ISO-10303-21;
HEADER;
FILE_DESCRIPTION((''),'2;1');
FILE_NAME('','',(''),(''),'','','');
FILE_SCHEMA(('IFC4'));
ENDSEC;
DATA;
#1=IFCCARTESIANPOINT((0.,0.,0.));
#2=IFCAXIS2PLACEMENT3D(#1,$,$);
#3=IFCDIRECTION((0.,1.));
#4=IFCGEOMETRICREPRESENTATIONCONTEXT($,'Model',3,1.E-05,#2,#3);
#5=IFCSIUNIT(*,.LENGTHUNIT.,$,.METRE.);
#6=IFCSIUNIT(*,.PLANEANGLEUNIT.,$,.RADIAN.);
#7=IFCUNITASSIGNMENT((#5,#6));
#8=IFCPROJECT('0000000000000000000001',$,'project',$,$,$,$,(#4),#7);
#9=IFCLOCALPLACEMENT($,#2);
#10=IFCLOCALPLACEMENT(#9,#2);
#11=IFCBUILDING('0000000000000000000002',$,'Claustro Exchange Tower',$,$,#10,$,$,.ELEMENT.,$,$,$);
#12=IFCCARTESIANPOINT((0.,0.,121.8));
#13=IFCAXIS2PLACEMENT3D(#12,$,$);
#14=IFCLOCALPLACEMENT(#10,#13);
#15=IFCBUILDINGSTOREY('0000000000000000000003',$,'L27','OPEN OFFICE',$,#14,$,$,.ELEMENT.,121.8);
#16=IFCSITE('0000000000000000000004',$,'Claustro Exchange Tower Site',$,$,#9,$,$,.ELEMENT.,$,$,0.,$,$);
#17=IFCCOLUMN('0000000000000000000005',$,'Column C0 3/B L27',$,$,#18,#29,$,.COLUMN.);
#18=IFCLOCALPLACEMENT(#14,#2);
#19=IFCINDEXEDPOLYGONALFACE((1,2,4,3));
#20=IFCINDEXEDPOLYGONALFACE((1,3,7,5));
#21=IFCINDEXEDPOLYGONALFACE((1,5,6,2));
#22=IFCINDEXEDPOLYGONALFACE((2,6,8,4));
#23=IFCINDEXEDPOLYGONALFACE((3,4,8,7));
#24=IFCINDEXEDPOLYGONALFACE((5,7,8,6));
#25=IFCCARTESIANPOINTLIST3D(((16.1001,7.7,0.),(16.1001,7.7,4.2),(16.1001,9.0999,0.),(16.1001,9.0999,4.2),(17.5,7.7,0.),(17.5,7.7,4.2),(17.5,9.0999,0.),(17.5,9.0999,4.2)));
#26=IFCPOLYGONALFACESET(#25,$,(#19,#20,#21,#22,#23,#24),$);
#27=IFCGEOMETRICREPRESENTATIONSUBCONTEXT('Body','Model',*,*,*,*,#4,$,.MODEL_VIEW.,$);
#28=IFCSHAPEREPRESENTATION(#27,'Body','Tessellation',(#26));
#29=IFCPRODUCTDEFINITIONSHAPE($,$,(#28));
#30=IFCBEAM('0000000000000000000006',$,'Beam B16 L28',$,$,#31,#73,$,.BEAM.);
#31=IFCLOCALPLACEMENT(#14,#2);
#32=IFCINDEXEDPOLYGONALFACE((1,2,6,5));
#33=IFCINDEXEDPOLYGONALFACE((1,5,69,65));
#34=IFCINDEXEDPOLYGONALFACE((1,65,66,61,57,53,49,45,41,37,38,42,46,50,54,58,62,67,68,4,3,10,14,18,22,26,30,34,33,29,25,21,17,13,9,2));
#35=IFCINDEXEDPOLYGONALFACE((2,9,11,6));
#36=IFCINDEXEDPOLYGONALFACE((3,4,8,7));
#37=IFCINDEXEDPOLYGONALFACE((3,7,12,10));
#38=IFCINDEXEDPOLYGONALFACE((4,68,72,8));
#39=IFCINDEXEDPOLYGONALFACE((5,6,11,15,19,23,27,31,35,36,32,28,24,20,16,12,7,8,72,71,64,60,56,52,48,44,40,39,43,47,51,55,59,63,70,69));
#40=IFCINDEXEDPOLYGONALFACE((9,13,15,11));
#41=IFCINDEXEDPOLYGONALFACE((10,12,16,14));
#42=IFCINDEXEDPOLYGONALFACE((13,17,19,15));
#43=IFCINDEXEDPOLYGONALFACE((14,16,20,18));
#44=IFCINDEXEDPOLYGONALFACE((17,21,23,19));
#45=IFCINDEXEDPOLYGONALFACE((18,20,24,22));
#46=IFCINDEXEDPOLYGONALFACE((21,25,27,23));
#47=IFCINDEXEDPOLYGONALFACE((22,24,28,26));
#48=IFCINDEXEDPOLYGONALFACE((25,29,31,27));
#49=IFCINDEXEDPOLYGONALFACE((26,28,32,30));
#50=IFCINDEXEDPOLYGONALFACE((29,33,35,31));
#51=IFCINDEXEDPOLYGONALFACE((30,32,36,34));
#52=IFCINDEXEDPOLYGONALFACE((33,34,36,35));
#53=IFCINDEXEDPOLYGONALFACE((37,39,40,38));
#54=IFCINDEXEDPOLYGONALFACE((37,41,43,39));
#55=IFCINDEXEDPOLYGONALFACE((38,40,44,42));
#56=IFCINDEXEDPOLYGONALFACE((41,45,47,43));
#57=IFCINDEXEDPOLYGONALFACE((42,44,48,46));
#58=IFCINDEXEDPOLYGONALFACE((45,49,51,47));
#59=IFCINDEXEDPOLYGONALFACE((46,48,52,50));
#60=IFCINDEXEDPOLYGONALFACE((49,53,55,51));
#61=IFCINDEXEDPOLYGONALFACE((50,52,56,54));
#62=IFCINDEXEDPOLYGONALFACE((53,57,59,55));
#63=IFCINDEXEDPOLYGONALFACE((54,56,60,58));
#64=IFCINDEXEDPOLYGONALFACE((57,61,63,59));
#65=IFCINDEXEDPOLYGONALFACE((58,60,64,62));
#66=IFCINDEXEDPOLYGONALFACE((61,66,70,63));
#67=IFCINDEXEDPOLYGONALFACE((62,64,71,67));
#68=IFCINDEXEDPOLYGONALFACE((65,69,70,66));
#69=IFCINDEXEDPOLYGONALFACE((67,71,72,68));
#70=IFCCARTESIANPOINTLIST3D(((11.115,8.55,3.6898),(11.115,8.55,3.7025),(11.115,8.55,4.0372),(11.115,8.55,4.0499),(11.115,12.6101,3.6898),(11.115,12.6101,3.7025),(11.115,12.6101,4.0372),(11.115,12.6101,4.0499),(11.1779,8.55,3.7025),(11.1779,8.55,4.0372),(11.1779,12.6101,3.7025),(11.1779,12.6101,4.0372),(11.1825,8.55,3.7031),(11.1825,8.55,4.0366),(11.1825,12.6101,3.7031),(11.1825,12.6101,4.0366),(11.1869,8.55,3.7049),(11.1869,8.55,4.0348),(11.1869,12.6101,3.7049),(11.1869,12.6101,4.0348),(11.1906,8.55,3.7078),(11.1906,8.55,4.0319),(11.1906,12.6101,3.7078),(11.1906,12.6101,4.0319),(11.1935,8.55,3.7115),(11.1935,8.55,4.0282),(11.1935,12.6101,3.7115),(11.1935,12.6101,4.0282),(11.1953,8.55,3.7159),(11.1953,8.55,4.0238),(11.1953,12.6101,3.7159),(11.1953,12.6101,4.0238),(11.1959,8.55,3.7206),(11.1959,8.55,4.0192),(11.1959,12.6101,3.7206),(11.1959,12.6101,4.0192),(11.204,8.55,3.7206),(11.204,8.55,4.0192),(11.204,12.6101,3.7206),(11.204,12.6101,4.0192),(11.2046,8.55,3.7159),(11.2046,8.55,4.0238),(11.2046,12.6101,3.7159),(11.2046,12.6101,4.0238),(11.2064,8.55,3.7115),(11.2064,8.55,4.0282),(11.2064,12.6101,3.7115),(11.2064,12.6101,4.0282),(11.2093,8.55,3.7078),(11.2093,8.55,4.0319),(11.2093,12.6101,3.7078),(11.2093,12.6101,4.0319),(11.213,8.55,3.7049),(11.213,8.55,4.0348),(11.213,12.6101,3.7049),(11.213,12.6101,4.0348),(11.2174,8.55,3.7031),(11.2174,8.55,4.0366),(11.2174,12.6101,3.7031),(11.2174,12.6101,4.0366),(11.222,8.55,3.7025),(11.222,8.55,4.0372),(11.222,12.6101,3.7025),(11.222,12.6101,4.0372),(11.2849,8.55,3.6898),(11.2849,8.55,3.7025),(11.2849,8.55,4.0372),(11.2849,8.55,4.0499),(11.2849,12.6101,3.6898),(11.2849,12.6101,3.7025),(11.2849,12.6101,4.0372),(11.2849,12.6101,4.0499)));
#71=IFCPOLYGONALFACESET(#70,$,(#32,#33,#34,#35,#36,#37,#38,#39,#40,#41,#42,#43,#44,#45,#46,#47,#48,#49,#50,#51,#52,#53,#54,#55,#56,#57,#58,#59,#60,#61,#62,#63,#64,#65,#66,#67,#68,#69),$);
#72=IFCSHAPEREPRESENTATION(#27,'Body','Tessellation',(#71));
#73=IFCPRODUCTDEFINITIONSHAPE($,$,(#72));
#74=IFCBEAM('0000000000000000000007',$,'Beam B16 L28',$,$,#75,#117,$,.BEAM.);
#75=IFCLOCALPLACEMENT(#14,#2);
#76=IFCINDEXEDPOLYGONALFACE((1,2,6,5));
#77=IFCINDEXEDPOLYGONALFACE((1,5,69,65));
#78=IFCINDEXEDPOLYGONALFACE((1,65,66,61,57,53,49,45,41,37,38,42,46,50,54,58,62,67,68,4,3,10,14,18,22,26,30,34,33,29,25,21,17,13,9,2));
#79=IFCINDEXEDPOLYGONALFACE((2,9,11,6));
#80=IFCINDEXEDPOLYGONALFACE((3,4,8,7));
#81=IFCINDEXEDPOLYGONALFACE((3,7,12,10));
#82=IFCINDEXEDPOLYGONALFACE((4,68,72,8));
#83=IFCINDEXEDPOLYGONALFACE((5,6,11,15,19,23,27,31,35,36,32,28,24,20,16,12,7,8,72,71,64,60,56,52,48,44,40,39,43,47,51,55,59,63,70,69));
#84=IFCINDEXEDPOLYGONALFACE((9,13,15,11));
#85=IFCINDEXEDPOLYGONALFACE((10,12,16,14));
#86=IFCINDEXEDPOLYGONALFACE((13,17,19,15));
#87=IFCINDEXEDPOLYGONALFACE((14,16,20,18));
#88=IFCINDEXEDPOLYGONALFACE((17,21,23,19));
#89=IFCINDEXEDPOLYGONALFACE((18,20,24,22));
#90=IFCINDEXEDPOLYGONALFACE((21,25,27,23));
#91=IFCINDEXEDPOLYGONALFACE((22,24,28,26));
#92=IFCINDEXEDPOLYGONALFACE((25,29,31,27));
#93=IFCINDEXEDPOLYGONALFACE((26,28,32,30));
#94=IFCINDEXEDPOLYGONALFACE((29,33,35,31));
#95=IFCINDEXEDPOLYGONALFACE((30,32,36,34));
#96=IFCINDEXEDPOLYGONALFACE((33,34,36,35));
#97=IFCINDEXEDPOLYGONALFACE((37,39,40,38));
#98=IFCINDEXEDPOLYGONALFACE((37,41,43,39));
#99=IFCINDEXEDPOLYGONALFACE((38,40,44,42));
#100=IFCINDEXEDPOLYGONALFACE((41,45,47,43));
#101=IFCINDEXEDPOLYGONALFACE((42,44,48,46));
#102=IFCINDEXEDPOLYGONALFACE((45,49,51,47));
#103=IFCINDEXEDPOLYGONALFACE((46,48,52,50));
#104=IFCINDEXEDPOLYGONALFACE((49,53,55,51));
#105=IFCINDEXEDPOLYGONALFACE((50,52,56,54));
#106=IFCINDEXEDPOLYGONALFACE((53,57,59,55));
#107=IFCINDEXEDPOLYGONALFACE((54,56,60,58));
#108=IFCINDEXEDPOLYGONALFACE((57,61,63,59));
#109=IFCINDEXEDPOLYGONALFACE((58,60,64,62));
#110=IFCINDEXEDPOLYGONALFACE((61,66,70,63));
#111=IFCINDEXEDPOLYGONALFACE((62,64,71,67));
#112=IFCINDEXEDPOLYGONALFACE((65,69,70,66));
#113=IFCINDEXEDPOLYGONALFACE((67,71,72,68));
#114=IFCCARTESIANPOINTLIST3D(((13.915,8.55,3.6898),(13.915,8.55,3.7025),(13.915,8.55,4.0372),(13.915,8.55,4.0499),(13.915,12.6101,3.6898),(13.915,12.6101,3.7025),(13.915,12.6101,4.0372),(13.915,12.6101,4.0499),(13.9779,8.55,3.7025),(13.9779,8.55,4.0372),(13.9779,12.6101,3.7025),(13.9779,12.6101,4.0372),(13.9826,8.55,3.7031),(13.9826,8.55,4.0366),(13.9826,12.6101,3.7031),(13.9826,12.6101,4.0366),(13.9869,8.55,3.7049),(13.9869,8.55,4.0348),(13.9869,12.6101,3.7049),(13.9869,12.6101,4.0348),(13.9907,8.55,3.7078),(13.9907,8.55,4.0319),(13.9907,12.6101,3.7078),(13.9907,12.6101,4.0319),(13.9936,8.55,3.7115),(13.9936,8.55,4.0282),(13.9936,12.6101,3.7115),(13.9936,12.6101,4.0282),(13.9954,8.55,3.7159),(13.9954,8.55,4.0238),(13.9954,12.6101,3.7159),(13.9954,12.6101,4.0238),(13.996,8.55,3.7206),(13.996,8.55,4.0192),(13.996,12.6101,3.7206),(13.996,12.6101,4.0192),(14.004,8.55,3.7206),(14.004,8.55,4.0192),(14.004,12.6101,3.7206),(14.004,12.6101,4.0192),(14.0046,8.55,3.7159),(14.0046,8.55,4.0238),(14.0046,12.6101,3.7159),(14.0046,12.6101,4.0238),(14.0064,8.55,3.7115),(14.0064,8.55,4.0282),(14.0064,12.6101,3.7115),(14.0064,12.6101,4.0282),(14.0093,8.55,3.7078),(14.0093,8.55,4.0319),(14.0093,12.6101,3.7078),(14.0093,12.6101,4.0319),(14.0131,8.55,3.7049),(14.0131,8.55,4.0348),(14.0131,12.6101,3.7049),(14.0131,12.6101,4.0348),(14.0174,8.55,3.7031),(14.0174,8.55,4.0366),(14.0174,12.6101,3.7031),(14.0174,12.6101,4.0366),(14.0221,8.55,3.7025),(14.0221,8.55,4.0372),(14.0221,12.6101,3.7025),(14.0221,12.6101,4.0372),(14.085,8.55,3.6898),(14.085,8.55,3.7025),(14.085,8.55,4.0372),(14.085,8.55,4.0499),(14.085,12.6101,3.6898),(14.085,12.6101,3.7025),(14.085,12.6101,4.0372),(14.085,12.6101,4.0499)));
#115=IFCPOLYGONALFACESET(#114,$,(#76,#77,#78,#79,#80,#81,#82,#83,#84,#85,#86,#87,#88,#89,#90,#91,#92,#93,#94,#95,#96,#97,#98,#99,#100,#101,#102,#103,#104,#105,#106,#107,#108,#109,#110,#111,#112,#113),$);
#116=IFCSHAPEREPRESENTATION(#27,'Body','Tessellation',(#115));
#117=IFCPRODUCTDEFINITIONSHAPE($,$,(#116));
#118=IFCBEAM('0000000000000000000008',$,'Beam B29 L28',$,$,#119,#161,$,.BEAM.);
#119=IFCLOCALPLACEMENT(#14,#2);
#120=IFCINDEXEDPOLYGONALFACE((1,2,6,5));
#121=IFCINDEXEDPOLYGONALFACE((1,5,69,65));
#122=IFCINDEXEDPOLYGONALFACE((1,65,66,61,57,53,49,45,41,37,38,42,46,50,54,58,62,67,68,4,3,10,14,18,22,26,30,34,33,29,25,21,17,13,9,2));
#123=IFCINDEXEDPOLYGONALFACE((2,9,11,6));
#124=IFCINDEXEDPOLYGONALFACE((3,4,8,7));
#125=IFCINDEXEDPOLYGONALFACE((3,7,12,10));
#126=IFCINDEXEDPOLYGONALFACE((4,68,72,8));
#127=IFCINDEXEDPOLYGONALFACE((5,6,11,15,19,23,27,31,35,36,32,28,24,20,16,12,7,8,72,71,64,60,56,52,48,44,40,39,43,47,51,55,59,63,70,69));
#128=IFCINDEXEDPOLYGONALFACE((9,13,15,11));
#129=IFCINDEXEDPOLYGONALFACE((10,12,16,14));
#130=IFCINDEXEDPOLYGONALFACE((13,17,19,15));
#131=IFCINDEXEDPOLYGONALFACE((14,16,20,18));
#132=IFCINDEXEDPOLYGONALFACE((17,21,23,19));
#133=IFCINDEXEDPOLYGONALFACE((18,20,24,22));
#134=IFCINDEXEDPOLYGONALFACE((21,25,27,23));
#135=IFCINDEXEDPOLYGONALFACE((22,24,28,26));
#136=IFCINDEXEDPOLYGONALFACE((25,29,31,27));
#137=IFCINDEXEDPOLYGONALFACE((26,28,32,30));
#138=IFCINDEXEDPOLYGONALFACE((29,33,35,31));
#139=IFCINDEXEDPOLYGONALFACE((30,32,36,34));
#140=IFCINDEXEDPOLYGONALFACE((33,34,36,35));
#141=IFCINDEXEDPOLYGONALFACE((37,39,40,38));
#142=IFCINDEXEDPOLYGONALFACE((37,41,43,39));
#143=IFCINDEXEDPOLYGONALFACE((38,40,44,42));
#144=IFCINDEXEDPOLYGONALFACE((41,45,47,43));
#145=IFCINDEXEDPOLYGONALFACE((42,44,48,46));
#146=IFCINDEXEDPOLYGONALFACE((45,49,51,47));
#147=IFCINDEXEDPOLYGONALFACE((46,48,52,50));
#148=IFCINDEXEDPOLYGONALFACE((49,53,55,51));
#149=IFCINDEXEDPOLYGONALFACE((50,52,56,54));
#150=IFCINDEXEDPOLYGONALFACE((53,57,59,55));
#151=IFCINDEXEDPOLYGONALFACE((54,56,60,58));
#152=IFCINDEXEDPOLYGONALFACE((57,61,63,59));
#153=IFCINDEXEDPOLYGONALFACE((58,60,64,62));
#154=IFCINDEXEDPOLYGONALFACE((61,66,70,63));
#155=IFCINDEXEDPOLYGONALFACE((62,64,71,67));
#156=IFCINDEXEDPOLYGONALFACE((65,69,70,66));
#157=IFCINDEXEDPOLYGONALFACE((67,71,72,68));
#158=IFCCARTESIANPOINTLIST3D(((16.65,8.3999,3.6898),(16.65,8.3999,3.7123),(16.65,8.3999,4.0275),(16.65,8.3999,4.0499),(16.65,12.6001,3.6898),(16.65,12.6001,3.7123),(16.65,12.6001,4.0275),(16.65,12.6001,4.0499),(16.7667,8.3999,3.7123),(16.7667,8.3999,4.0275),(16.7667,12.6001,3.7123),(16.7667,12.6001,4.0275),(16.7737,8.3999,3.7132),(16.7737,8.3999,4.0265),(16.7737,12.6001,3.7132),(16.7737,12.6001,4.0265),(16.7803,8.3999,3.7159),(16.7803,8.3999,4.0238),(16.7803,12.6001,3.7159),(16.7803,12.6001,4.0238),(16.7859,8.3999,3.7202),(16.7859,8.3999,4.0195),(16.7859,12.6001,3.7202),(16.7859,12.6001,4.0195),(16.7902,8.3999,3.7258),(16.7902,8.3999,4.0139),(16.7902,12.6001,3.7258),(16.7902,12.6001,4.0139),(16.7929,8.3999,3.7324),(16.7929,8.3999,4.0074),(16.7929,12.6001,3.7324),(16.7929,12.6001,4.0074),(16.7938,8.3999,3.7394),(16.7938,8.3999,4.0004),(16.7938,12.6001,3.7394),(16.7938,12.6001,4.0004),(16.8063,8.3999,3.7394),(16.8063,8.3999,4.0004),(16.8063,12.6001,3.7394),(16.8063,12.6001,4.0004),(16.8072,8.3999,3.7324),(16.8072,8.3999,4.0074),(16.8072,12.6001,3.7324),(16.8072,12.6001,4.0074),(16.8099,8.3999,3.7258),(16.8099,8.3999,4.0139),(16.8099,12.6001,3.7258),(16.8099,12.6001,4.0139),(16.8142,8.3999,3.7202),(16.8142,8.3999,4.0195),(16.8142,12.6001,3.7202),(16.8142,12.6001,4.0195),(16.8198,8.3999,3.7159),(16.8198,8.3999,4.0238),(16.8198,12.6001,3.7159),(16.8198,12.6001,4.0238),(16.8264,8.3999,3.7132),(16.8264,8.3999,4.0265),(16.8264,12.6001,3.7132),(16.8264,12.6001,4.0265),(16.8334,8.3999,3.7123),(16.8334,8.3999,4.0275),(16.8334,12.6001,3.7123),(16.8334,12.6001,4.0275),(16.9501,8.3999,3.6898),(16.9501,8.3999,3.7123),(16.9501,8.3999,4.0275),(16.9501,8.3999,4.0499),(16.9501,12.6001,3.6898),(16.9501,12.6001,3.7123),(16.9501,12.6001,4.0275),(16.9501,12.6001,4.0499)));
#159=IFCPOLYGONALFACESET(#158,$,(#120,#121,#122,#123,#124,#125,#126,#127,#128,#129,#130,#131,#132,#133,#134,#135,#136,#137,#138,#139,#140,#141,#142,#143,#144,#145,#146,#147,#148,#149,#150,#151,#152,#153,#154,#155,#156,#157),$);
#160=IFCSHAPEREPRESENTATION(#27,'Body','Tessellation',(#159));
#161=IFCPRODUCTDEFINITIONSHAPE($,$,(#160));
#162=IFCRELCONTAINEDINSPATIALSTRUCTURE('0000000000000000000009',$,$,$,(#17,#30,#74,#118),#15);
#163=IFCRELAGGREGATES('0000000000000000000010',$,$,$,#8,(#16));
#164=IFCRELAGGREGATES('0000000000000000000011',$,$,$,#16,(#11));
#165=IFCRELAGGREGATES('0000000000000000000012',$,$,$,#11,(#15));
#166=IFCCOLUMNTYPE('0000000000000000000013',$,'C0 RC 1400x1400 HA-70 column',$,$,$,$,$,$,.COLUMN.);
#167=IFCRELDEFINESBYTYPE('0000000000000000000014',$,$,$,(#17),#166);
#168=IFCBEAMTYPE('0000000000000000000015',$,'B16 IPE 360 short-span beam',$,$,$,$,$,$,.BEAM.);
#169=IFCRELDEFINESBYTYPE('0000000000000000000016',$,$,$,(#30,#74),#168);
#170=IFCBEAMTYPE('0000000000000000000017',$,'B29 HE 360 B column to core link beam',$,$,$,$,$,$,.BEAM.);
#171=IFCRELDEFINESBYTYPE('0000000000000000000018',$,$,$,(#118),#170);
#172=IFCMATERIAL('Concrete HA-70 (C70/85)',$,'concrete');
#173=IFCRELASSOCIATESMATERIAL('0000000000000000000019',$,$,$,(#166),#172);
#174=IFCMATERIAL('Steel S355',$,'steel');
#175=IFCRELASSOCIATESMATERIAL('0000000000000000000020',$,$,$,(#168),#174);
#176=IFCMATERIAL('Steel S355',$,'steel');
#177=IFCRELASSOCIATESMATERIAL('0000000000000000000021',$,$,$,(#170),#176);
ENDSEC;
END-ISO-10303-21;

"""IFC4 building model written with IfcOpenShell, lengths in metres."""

from ifc_helpers import new_model, si_unit, direction, frame, origin, origin_2d, place, context, subcontext, project, spatial, rectangle, i_section, extrude, material, material_profile, profile_set, type_object, element, save


model = new_model("IFC4")

# Units and contexts
model_context = context("Model", 3, precision=1e-05, world=origin(), true_north=direction((0.0, 1.0)))
body_context = subcontext(model_context, "Body", "Model", "MODEL_VIEW")
ifc_project = project(units=[si_unit("LENGTHUNIT", "METRE"), si_unit("PLANEANGLEUNIT", "RADIAN")], contexts=[model_context])

# Site, building, storey
site_placement = place(None, origin())
site = spatial("IfcSite", under=ifc_project, at=site_placement, Name="Claustro Exchange Tower Site", CompositionType="ELEMENT", RefElevation=0.0)
building_placement = place(site_placement, origin())
building = spatial("IfcBuilding", under=site, at=building_placement, Name="Claustro Exchange Tower", CompositionType="ELEMENT")
storey_placement = place(building_placement, frame((0.0, 0.0, 121.8)))
storey = spatial("IfcBuildingStorey", under=building, at=storey_placement, Name="L27", Description="OPEN OFFICE", CompositionType="ELEMENT", Elevation=121.8)

# Column
ifc_material_1 = material(Name="Concrete HA-70 (C70/85)", Category="concrete")
ifc_material_profile_1 = material_profile(ifc_material_1, rectangle(XDim=1.3999, YDim=1.3999, at=origin_2d()), Name="RC 1400x1400")
ifc_profile_set_1 = profile_set([ifc_material_profile_1], Name="Concrete HA-70 (C70/85)")
column_type = type_object("IfcColumnType", Name="C0 RC 1400x1400 HA-70 column", PredefinedType="COLUMN", material=ifc_profile_set_1)
column_placement = place(storey_placement, frame((16.8, 8.3999, 0.0), z_axis=(0.0, 0.0, 1.0), x_axis=(1.0, 0.0, 0.0)))
element("IfcColumn", 1, at=column_placement, inside=storey, type_object=column_type, Name="Column C0 3/B L27", PredefinedType="COLUMN", context=body_context, shape_type="SweptSolid", body=[
    extrude(rectangle(XDim=1.3999, YDim=1.3999, at=origin_2d()), origin(), (0.0, 0.0, 1.0), 4.2),
])

# Beams
ifc_material_2 = material(Name="Steel S355", Category="steel")
ifc_material_profile_2 = material_profile(ifc_material_2, i_section(OverallWidth=0.1699, OverallDepth=0.3601, WebThickness=0.0081, FlangeThickness=0.0127, FilletRadius=0.0181, at=origin_2d()), Name="IPE 360")
ifc_profile_set_2 = profile_set([ifc_material_profile_2], Name="Steel S355")
beam_type_1 = type_object("IfcBeamType", Name="B16 IPE 360 short-span beam", PredefinedType="BEAM", material=ifc_profile_set_2)
for number, where, z_axis, x_axis, name in (
    (2, (11.2, 8.55, 3.8699), (0.0, 1.0, 0.0), (-1.0, 0.0, 0.0), "Beam B16 L28"),
    (3, (14.0, 8.55, 3.8699), (0.0, 1.0, 0.0), (-1.0, 0.0, 0.0), "Beam B16 L28"),
):
    element("IfcBeam", number, at=place(storey_placement, frame(where, z_axis=z_axis, x_axis=x_axis)), inside=storey, type_object=beam_type_1, Name=name, PredefinedType="BEAM", context=body_context, shape_type="SweptSolid", body=[
        extrude(i_section(OverallWidth=0.1699, OverallDepth=0.3601, WebThickness=0.0081, FlangeThickness=0.0127, FilletRadius=0.0181, at=origin_2d()), origin(), (0.0, 0.0, 1.0), 4.0601),
    ])
ifc_material_3 = material(Name="Steel S355", Category="steel")
ifc_material_profile_3 = material_profile(ifc_material_3, i_section(OverallWidth=0.3, OverallDepth=0.3601, WebThickness=0.0125, FlangeThickness=0.0225, FilletRadius=0.0271, at=origin_2d()), Name="HE 360 B")
ifc_profile_set_3 = profile_set([ifc_material_profile_3], Name="Steel S355")
beam_type_2 = type_object("IfcBeamType", Name="B29 HE 360 B column to core link beam", PredefinedType="BEAM", material=ifc_profile_set_3)
beam_1_placement = place(storey_placement, frame((16.8, 8.3999, 3.8699), z_axis=(0.0, 1.0, 0.0), x_axis=(-1.0, 0.0, 0.0)))
element("IfcBeam", 4, at=beam_1_placement, inside=storey, type_object=beam_type_2, Name="Beam B29 L28", PredefinedType="BEAM", context=body_context, shape_type="SweptSolid", body=[
    extrude(i_section(OverallWidth=0.3, OverallDepth=0.3601, WebThickness=0.0125, FlangeThickness=0.0225, FilletRadius=0.0271, at=origin_2d()), origin(), (0.0, 0.0, 1.0), 4.2002),
])

save(model, "model.ifc")
